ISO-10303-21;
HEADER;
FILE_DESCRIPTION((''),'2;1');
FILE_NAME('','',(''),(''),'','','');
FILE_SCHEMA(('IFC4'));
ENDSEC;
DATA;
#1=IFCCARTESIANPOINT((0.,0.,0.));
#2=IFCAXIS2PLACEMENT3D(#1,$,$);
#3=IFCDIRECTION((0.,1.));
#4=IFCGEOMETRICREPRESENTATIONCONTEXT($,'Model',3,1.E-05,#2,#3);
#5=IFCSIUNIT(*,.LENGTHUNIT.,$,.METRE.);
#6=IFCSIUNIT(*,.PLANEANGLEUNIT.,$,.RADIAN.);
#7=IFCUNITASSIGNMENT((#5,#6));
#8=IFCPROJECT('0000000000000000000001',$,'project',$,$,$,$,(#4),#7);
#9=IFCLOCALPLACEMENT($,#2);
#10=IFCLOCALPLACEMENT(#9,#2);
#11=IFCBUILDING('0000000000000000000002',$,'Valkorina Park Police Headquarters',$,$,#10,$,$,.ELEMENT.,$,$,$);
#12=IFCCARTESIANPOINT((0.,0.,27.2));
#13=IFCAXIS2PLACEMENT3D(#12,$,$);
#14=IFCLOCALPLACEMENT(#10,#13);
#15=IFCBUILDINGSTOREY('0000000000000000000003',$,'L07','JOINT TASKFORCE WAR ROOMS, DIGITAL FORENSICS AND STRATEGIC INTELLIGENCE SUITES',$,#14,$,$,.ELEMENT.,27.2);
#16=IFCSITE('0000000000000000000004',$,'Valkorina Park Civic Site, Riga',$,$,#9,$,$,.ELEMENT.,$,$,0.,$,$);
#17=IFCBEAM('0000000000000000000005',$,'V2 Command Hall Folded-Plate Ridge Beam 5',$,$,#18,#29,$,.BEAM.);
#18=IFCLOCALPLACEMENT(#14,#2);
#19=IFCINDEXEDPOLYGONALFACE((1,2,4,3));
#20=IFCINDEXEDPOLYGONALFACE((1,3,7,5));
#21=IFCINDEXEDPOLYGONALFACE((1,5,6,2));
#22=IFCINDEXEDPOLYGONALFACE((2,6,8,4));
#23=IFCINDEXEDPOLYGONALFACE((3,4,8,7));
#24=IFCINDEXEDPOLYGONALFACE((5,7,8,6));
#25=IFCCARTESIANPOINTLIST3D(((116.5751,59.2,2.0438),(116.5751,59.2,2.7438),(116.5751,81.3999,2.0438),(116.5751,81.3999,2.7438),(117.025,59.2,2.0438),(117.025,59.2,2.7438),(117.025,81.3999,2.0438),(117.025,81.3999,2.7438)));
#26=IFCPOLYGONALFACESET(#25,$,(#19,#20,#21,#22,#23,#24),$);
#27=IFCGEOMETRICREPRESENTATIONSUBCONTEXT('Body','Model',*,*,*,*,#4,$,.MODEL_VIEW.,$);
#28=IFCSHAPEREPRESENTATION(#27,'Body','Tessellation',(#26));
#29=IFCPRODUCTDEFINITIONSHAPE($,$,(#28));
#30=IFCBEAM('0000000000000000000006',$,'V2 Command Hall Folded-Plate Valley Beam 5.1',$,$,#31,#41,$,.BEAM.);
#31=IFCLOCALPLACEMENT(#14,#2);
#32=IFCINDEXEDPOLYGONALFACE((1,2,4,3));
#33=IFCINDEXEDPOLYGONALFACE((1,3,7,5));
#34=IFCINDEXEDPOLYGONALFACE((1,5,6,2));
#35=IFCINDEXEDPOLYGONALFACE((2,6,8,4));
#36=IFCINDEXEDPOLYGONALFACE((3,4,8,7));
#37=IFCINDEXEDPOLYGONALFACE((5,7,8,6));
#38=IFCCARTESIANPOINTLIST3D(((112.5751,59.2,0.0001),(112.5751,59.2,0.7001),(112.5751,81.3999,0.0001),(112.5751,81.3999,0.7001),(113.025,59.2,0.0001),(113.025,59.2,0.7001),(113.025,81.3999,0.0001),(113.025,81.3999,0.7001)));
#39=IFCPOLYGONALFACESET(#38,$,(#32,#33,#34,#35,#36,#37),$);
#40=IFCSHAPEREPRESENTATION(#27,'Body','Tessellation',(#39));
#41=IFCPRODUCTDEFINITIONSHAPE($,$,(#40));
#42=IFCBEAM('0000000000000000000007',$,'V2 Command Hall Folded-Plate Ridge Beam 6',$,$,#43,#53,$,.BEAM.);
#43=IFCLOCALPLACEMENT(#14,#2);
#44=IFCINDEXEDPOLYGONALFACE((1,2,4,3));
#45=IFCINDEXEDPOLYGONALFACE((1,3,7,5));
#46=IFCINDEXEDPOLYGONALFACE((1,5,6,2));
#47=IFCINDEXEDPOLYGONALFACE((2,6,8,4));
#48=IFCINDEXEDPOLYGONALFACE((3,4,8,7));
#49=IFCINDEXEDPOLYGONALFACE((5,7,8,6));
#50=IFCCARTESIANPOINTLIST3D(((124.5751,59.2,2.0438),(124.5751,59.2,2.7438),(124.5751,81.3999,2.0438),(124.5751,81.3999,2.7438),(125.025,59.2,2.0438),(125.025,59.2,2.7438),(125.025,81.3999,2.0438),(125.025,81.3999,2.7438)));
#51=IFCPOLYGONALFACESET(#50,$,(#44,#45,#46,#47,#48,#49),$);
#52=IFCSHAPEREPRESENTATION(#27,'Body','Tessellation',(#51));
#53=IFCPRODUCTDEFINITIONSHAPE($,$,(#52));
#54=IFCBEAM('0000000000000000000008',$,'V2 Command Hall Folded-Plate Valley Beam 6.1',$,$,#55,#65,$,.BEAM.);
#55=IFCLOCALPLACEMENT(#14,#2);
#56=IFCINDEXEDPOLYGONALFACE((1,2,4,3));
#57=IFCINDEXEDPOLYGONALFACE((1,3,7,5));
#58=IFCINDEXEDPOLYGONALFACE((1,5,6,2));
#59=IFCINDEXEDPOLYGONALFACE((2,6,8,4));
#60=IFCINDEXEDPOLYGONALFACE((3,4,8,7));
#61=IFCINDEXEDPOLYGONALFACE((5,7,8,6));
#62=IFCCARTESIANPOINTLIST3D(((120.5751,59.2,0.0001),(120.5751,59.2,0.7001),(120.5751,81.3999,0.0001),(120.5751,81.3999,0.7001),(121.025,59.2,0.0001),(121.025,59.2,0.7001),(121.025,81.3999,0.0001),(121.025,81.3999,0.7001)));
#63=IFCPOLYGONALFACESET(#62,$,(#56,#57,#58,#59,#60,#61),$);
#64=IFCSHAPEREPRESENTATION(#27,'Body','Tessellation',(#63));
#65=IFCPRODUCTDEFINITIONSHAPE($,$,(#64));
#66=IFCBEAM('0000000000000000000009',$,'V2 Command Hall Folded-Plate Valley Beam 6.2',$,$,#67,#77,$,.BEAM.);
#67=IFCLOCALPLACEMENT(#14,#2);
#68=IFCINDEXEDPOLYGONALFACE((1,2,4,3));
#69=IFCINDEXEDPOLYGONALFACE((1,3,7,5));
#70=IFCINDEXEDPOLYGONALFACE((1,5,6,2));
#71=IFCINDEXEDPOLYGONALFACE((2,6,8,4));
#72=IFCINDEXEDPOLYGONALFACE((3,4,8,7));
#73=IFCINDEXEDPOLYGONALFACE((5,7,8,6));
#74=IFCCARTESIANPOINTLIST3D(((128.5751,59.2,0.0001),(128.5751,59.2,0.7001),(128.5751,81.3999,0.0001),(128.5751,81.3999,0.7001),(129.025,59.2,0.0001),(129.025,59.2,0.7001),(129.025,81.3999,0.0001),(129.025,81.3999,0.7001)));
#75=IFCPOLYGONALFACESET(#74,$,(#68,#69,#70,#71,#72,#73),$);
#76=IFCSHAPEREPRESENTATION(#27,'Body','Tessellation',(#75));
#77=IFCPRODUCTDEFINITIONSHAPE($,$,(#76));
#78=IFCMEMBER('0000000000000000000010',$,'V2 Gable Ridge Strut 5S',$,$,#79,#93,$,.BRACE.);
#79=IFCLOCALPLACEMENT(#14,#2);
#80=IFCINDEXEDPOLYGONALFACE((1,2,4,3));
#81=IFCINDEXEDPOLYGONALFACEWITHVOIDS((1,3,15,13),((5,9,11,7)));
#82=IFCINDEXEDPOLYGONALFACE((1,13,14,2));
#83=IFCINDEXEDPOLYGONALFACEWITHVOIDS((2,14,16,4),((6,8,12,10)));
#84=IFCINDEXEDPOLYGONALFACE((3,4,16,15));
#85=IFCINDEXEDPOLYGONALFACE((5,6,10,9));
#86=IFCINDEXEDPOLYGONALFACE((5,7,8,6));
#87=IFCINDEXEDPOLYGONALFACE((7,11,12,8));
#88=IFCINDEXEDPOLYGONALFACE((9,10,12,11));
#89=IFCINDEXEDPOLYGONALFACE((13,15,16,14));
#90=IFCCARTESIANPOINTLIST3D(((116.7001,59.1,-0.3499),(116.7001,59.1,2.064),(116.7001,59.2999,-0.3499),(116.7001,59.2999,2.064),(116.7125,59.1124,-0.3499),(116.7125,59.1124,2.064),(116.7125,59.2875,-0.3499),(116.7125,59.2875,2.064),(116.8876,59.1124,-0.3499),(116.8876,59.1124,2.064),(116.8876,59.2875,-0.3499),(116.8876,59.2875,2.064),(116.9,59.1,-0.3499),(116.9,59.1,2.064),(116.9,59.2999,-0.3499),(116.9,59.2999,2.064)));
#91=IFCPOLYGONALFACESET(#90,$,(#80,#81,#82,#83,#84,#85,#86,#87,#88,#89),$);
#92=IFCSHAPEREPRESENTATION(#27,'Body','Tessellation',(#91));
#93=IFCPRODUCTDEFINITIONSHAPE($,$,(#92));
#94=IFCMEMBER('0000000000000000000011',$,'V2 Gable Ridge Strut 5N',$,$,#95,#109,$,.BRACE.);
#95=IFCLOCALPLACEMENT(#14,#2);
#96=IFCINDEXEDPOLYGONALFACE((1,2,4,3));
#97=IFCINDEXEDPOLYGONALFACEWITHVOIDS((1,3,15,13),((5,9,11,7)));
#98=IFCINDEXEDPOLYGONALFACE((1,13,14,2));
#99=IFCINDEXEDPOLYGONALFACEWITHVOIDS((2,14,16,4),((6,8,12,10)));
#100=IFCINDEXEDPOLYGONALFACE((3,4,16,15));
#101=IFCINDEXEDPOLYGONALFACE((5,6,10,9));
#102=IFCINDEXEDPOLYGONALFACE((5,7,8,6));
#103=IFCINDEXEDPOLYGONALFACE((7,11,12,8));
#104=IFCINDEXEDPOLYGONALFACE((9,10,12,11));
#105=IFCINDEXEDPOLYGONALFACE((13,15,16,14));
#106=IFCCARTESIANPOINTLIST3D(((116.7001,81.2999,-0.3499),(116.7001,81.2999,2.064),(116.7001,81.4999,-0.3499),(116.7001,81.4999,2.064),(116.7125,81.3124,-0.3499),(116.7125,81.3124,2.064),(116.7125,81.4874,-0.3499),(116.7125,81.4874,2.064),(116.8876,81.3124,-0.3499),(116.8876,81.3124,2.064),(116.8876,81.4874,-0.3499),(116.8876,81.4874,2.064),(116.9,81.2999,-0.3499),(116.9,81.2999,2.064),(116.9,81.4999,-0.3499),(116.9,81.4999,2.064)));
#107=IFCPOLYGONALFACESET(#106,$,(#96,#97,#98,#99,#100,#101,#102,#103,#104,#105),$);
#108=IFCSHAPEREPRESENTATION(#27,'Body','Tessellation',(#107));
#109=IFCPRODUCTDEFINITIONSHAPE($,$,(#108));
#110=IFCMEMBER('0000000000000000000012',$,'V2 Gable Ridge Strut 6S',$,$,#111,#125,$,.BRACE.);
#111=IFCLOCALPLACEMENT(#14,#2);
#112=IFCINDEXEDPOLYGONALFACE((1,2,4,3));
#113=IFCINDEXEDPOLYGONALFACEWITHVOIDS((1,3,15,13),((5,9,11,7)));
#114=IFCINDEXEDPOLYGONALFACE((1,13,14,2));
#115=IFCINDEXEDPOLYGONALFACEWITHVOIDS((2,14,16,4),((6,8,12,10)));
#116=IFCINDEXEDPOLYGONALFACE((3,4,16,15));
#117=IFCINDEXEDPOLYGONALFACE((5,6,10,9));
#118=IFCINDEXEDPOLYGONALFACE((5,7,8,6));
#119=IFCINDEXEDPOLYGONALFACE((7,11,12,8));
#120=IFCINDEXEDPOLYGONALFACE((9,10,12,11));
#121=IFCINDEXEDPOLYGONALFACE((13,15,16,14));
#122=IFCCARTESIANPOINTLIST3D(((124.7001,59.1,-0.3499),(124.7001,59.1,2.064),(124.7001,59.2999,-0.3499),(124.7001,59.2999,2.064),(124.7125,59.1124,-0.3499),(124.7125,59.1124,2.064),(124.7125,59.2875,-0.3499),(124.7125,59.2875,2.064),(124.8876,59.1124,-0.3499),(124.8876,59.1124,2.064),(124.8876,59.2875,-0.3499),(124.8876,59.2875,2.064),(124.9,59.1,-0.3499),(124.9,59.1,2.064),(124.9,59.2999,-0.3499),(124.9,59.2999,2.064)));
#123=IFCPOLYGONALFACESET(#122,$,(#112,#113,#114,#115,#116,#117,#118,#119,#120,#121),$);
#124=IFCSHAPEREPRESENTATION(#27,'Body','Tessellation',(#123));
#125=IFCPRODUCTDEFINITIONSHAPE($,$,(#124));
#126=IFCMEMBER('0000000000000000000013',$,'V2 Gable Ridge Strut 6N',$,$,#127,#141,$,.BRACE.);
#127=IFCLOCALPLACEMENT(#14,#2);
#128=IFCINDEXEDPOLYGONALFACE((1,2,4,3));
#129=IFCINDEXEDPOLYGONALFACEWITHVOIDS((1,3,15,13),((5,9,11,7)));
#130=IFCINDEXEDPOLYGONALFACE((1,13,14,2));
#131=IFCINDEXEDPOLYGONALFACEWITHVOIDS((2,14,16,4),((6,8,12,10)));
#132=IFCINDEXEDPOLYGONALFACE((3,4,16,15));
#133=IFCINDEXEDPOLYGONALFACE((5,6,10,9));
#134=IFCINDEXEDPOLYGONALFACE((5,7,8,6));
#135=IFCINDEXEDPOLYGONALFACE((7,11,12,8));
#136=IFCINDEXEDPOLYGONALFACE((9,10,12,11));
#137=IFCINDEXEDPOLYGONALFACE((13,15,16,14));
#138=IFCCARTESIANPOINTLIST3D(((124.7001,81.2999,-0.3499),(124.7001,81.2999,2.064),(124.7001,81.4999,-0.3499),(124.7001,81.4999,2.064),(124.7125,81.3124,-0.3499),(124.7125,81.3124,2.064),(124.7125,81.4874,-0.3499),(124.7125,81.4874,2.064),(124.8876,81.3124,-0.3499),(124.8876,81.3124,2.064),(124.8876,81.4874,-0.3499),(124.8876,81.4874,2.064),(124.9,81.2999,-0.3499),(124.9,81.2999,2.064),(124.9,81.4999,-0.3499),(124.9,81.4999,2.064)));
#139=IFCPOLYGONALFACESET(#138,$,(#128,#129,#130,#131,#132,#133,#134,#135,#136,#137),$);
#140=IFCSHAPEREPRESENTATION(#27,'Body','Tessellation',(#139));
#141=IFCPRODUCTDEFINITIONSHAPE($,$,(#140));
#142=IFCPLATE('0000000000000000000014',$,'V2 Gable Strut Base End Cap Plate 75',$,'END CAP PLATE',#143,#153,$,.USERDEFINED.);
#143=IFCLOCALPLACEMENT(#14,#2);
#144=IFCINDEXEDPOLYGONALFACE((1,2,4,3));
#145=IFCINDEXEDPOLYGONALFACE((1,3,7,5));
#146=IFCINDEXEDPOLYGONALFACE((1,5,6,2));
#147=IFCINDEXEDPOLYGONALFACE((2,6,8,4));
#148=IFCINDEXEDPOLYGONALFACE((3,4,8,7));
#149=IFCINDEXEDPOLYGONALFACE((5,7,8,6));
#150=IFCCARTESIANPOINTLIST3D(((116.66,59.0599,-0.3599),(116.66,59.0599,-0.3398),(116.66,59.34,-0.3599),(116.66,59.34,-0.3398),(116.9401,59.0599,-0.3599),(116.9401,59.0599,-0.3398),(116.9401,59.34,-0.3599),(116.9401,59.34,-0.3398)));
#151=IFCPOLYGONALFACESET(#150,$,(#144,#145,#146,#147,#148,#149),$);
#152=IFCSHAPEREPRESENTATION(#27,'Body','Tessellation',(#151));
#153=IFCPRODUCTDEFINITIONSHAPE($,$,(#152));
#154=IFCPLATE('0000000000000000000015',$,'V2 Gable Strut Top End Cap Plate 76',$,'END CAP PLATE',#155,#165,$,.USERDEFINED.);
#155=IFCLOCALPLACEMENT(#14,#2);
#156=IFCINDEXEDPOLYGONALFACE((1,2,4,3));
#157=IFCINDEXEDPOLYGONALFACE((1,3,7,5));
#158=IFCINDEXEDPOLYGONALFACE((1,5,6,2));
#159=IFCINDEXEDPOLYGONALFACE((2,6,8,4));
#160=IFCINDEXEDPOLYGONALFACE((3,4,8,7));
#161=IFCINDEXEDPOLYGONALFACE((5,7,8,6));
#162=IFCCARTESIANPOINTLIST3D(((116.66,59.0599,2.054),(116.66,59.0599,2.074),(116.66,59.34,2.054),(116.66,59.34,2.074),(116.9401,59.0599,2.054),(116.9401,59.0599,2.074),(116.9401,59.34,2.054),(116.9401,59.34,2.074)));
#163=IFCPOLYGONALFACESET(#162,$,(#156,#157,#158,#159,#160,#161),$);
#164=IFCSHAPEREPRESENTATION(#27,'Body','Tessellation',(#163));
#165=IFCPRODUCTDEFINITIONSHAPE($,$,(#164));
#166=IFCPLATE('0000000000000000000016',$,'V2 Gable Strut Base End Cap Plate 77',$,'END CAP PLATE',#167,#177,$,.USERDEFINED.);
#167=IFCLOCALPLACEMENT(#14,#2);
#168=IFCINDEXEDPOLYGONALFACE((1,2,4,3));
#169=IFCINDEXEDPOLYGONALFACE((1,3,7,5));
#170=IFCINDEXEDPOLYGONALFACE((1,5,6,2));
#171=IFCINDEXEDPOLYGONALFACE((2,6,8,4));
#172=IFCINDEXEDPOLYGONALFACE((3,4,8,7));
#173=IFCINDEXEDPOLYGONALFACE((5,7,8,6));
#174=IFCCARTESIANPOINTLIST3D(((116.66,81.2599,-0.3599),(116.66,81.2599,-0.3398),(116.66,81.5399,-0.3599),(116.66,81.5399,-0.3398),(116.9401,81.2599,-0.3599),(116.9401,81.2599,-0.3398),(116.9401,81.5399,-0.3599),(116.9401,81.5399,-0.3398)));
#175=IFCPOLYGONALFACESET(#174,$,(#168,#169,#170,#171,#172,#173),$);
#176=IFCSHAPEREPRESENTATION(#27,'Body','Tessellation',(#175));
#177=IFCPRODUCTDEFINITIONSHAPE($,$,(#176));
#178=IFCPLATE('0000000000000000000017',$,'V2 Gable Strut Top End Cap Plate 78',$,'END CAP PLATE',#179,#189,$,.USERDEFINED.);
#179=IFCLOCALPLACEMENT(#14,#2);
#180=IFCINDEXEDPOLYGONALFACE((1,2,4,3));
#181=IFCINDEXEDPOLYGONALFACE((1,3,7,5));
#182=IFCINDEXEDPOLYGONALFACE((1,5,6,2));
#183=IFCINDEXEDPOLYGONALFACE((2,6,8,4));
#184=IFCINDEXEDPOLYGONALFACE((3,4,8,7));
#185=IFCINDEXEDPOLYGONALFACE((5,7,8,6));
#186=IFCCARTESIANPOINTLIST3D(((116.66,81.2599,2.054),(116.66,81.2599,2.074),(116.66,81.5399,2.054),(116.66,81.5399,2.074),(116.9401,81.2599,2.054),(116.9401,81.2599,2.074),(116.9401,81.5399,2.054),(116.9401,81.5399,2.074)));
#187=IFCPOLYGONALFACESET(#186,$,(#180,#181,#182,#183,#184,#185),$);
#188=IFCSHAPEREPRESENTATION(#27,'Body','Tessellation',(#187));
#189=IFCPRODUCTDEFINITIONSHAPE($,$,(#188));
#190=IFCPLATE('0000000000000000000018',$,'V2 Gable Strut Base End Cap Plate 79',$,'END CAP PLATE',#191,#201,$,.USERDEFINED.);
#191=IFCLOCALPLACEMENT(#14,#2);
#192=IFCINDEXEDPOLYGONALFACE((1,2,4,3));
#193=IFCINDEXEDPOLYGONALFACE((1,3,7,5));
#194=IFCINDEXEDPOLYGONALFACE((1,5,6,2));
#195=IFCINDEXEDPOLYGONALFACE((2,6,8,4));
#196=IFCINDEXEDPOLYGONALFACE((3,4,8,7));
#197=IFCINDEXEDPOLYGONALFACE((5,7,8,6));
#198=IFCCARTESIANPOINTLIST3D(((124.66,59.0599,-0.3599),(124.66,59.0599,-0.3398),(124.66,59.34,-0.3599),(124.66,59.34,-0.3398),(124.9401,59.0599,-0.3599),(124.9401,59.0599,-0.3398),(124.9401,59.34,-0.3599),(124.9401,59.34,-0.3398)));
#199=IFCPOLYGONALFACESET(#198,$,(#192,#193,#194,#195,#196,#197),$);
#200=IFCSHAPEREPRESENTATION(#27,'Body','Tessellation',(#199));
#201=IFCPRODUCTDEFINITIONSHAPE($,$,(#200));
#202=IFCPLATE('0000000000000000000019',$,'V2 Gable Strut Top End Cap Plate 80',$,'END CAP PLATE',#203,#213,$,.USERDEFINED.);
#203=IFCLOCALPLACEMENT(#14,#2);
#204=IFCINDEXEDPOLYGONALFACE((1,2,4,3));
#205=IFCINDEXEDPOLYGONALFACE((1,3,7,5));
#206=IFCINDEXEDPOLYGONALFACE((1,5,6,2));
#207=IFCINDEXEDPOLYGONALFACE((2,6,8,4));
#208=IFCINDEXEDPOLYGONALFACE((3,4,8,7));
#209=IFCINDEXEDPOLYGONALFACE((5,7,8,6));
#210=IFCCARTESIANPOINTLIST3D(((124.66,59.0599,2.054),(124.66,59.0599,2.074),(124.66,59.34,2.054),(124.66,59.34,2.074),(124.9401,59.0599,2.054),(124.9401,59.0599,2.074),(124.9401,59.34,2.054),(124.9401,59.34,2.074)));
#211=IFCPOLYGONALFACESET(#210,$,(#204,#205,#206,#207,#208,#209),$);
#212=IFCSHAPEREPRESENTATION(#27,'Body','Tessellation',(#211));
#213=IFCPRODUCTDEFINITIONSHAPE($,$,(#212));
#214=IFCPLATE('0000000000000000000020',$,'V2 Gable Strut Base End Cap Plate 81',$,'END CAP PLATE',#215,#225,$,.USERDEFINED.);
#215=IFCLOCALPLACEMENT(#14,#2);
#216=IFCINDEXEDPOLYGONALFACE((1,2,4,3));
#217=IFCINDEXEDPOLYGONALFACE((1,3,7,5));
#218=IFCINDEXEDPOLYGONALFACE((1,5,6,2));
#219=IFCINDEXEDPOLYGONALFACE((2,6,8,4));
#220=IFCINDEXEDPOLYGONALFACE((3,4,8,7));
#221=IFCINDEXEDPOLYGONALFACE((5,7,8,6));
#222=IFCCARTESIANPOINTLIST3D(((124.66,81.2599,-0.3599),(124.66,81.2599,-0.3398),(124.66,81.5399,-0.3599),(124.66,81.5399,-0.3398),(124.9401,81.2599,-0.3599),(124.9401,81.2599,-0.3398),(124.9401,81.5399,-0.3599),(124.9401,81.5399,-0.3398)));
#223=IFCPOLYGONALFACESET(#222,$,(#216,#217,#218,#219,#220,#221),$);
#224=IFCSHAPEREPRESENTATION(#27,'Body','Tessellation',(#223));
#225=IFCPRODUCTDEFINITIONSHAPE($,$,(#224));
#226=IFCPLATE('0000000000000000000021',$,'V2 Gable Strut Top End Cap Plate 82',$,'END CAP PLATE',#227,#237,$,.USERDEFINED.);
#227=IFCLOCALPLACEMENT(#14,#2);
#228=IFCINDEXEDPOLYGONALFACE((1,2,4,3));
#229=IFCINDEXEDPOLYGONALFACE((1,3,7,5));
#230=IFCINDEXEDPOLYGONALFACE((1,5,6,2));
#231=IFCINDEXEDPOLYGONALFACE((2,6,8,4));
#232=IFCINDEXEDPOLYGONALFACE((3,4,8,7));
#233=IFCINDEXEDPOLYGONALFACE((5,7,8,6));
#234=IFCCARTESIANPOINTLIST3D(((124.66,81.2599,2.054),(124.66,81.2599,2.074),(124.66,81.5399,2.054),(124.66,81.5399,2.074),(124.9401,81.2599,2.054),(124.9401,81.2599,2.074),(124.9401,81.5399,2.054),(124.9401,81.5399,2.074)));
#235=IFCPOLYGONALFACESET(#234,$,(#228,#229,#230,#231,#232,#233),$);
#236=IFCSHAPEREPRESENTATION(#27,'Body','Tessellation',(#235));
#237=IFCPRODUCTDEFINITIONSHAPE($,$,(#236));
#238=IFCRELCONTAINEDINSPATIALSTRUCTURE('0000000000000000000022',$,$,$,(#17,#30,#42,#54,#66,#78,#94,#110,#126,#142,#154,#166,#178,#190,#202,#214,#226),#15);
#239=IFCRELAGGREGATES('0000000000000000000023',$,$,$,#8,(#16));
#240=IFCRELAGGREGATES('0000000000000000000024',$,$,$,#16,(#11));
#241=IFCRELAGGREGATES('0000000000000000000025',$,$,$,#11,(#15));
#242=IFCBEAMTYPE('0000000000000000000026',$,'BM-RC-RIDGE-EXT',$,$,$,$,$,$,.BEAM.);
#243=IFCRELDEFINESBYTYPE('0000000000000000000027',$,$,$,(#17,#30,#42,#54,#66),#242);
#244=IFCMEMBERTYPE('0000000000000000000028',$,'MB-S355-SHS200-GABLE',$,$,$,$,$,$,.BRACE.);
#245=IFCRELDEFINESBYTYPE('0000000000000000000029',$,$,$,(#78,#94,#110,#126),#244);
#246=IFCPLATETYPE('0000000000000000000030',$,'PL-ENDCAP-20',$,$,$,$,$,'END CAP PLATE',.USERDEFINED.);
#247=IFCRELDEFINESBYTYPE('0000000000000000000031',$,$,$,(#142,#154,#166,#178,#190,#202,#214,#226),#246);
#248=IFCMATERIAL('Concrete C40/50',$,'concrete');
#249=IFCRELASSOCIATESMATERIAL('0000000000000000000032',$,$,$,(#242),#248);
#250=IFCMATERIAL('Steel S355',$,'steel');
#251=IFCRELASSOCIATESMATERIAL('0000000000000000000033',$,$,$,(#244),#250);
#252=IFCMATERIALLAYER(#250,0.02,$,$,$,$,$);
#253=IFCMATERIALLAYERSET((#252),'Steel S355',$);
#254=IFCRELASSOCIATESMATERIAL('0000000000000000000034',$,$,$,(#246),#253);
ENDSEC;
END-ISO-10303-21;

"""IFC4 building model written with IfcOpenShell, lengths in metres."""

from ifc_helpers import new_model, si_unit, direction, frame, origin, origin_2d, place, context, subcontext, project, spatial, rectangle, hollow_rectangle, extrude, material, layer, layer_set, material_profile, profile_set, type_object, element, save


model = new_model("IFC4")

# Units and contexts
model_context = context("Model", 3, precision=1e-05, world=origin(), true_north=direction((0.0, 1.0)))
body_context = subcontext(model_context, "Body", "Model", "MODEL_VIEW")
ifc_project = project(units=[si_unit("LENGTHUNIT", "METRE"), si_unit("PLANEANGLEUNIT", "RADIAN")], contexts=[model_context])

# Site, building, storey
site_placement = place(None, origin())
site = spatial("IfcSite", under=ifc_project, at=site_placement, Name="Valkorina Park Civic Site, Riga", CompositionType="ELEMENT", RefElevation=0.0)
building_placement = place(site_placement, origin())
building = spatial("IfcBuilding", under=site, at=building_placement, Name="Valkorina Park Police Headquarters", CompositionType="ELEMENT")
storey_placement = place(building_placement, frame((0.0, 0.0, 27.2)))
storey = spatial("IfcBuildingStorey", under=building, at=storey_placement, Name="L07", Description="JOINT TASKFORCE WAR ROOMS, DIGITAL FORENSICS AND STRATEGIC INTELLIGENCE SUITES", CompositionType="ELEMENT", Elevation=27.2)

# Beams
ifc_material_1 = material(Name="Concrete C40/50", Category="concrete")
ifc_material_profile_1 = material_profile(ifc_material_1, rectangle(XDim=0.45, YDim=0.7, at=origin_2d()), Name="RC RIDGE 450x700")
ifc_profile_set_1 = profile_set([ifc_material_profile_1], Name="Concrete C40/50")
beam_type = type_object("IfcBeamType", Name="BM-RC-RIDGE-EXT", PredefinedType="BEAM", material=ifc_profile_set_1)
for number, where, z_axis, x_axis, name in (
    (1, (116.8, 59.2, 2.3938), (0.0, 1.0, 0.0), (-1.0, 0.0, 0.0), "V2 Command Hall Folded-Plate Ridge Beam 5"),
    (2, (112.8, 59.2, 0.3501), (0.0, 1.0, 0.0), (-1.0, 0.0, 0.0), "V2 Command Hall Folded-Plate Valley Beam 5.1"),
    (3, (124.8, 59.2, 2.3938), (0.0, 1.0, 0.0), (-1.0, 0.0, 0.0), "V2 Command Hall Folded-Plate Ridge Beam 6"),
    (4, (120.8, 59.2, 0.3501), (0.0, 1.0, 0.0), (-1.0, 0.0, 0.0), "V2 Command Hall Folded-Plate Valley Beam 6.1"),
    (5, (128.8, 59.2, 0.3501), (0.0, 1.0, 0.0), (-1.0, 0.0, 0.0), "V2 Command Hall Folded-Plate Valley Beam 6.2"),
):
    element("IfcBeam", number, at=place(storey_placement, frame(where, z_axis=z_axis, x_axis=x_axis)), inside=storey, type_object=beam_type, Name=name, PredefinedType="BEAM", context=body_context, shape_type="SweptSolid", body=[
        extrude(rectangle(XDim=0.45, YDim=0.7, at=origin_2d()), origin(), (0.0, 0.0, 1.0), 22.2),
    ])

# Members
ifc_material_2 = material(Name="Steel S355", Category="steel")
ifc_material_profile_2 = material_profile(ifc_material_2, hollow_rectangle(XDim=0.2, YDim=0.2, WallThickness=0.0125, at=origin_2d()), Name="SHS 200x200x12.5")
ifc_profile_set_2 = profile_set([ifc_material_profile_2], Name="Steel S355")
member_type = type_object("IfcMemberType", Name="MB-S355-SHS200-GABLE", PredefinedType="BRACE", material=ifc_profile_set_2)
for number, where, z_axis, x_axis, name in (
    (6, (116.8, 59.2, -0.3499), (0.0, 0.0, 1.0), (1.0, 0.0, 0.0), "V2 Gable Ridge Strut 5S"),
    (7, (116.8, 81.3999, -0.3499), (0.0, 0.0, 1.0), (1.0, 0.0, 0.0), "V2 Gable Ridge Strut 5N"),
    (8, (124.8, 59.2, -0.3499), (0.0, 0.0, 1.0), (1.0, 0.0, 0.0), "V2 Gable Ridge Strut 6S"),
    (9, (124.8, 81.3999, -0.3499), (0.0, 0.0, 1.0), (1.0, 0.0, 0.0), "V2 Gable Ridge Strut 6N"),
):
    element("IfcMember", number, at=place(storey_placement, frame(where, z_axis=z_axis, x_axis=x_axis)), inside=storey, type_object=member_type, Name=name, PredefinedType="BRACE", context=body_context, shape_type="SweptSolid", body=[
        extrude(hollow_rectangle(XDim=0.2, YDim=0.2, WallThickness=0.0125, at=origin_2d()), origin(), (0.0, 0.0, 1.0), 2.4138),
    ])

# Plates
ifc_layer_1 = layer(ifc_material_2, 0.02)
ifc_layer_set_1 = layer_set([ifc_layer_1], Name="Steel S355")
plate_type = type_object("IfcPlateType", Name="PL-ENDCAP-20", ElementType="END CAP PLATE", PredefinedType="USERDEFINED", material=ifc_layer_set_1)
for number, where, z_axis, x_axis, name in (
    (10, (116.8, 59.2, -0.3599), (0.0, 0.0, 1.0), (1.0, 0.0, 0.0), "V2 Gable Strut Base End Cap Plate 75"),
    (11, (116.8, 59.2, 2.054), (0.0, 0.0, 1.0), (1.0, 0.0, 0.0), "V2 Gable Strut Top End Cap Plate 76"),
    (12, (116.8, 81.3999, -0.3599), (0.0, 0.0, 1.0), (1.0, 0.0, 0.0), "V2 Gable Strut Base End Cap Plate 77"),
    (13, (116.8, 81.3999, 2.054), (0.0, 0.0, 1.0), (1.0, 0.0, 0.0), "V2 Gable Strut Top End Cap Plate 78"),
    (14, (124.8, 59.2, -0.3599), (0.0, 0.0, 1.0), (1.0, 0.0, 0.0), "V2 Gable Strut Base End Cap Plate 79"),
    (15, (124.8, 59.2, 2.054), (0.0, 0.0, 1.0), (1.0, 0.0, 0.0), "V2 Gable Strut Top End Cap Plate 80"),
    (16, (124.8, 81.3999, -0.3599), (0.0, 0.0, 1.0), (1.0, 0.0, 0.0), "V2 Gable Strut Base End Cap Plate 81"),
    (17, (124.8, 81.3999, 2.054), (0.0, 0.0, 1.0), (1.0, 0.0, 0.0), "V2 Gable Strut Top End Cap Plate 82"),
):
    element("IfcPlate", number, at=place(storey_placement, frame(where, z_axis=z_axis, x_axis=x_axis)), inside=storey, type_object=plate_type, Name=name, ObjectType="END CAP PLATE", PredefinedType="USERDEFINED", context=body_context, shape_type="SweptSolid", body=[
        extrude(rectangle(XDim=0.28, YDim=0.28, at=origin_2d()), origin(), (0.0, 0.0, 1.0), 0.02),
    ])

save(model, "model.ifc")
